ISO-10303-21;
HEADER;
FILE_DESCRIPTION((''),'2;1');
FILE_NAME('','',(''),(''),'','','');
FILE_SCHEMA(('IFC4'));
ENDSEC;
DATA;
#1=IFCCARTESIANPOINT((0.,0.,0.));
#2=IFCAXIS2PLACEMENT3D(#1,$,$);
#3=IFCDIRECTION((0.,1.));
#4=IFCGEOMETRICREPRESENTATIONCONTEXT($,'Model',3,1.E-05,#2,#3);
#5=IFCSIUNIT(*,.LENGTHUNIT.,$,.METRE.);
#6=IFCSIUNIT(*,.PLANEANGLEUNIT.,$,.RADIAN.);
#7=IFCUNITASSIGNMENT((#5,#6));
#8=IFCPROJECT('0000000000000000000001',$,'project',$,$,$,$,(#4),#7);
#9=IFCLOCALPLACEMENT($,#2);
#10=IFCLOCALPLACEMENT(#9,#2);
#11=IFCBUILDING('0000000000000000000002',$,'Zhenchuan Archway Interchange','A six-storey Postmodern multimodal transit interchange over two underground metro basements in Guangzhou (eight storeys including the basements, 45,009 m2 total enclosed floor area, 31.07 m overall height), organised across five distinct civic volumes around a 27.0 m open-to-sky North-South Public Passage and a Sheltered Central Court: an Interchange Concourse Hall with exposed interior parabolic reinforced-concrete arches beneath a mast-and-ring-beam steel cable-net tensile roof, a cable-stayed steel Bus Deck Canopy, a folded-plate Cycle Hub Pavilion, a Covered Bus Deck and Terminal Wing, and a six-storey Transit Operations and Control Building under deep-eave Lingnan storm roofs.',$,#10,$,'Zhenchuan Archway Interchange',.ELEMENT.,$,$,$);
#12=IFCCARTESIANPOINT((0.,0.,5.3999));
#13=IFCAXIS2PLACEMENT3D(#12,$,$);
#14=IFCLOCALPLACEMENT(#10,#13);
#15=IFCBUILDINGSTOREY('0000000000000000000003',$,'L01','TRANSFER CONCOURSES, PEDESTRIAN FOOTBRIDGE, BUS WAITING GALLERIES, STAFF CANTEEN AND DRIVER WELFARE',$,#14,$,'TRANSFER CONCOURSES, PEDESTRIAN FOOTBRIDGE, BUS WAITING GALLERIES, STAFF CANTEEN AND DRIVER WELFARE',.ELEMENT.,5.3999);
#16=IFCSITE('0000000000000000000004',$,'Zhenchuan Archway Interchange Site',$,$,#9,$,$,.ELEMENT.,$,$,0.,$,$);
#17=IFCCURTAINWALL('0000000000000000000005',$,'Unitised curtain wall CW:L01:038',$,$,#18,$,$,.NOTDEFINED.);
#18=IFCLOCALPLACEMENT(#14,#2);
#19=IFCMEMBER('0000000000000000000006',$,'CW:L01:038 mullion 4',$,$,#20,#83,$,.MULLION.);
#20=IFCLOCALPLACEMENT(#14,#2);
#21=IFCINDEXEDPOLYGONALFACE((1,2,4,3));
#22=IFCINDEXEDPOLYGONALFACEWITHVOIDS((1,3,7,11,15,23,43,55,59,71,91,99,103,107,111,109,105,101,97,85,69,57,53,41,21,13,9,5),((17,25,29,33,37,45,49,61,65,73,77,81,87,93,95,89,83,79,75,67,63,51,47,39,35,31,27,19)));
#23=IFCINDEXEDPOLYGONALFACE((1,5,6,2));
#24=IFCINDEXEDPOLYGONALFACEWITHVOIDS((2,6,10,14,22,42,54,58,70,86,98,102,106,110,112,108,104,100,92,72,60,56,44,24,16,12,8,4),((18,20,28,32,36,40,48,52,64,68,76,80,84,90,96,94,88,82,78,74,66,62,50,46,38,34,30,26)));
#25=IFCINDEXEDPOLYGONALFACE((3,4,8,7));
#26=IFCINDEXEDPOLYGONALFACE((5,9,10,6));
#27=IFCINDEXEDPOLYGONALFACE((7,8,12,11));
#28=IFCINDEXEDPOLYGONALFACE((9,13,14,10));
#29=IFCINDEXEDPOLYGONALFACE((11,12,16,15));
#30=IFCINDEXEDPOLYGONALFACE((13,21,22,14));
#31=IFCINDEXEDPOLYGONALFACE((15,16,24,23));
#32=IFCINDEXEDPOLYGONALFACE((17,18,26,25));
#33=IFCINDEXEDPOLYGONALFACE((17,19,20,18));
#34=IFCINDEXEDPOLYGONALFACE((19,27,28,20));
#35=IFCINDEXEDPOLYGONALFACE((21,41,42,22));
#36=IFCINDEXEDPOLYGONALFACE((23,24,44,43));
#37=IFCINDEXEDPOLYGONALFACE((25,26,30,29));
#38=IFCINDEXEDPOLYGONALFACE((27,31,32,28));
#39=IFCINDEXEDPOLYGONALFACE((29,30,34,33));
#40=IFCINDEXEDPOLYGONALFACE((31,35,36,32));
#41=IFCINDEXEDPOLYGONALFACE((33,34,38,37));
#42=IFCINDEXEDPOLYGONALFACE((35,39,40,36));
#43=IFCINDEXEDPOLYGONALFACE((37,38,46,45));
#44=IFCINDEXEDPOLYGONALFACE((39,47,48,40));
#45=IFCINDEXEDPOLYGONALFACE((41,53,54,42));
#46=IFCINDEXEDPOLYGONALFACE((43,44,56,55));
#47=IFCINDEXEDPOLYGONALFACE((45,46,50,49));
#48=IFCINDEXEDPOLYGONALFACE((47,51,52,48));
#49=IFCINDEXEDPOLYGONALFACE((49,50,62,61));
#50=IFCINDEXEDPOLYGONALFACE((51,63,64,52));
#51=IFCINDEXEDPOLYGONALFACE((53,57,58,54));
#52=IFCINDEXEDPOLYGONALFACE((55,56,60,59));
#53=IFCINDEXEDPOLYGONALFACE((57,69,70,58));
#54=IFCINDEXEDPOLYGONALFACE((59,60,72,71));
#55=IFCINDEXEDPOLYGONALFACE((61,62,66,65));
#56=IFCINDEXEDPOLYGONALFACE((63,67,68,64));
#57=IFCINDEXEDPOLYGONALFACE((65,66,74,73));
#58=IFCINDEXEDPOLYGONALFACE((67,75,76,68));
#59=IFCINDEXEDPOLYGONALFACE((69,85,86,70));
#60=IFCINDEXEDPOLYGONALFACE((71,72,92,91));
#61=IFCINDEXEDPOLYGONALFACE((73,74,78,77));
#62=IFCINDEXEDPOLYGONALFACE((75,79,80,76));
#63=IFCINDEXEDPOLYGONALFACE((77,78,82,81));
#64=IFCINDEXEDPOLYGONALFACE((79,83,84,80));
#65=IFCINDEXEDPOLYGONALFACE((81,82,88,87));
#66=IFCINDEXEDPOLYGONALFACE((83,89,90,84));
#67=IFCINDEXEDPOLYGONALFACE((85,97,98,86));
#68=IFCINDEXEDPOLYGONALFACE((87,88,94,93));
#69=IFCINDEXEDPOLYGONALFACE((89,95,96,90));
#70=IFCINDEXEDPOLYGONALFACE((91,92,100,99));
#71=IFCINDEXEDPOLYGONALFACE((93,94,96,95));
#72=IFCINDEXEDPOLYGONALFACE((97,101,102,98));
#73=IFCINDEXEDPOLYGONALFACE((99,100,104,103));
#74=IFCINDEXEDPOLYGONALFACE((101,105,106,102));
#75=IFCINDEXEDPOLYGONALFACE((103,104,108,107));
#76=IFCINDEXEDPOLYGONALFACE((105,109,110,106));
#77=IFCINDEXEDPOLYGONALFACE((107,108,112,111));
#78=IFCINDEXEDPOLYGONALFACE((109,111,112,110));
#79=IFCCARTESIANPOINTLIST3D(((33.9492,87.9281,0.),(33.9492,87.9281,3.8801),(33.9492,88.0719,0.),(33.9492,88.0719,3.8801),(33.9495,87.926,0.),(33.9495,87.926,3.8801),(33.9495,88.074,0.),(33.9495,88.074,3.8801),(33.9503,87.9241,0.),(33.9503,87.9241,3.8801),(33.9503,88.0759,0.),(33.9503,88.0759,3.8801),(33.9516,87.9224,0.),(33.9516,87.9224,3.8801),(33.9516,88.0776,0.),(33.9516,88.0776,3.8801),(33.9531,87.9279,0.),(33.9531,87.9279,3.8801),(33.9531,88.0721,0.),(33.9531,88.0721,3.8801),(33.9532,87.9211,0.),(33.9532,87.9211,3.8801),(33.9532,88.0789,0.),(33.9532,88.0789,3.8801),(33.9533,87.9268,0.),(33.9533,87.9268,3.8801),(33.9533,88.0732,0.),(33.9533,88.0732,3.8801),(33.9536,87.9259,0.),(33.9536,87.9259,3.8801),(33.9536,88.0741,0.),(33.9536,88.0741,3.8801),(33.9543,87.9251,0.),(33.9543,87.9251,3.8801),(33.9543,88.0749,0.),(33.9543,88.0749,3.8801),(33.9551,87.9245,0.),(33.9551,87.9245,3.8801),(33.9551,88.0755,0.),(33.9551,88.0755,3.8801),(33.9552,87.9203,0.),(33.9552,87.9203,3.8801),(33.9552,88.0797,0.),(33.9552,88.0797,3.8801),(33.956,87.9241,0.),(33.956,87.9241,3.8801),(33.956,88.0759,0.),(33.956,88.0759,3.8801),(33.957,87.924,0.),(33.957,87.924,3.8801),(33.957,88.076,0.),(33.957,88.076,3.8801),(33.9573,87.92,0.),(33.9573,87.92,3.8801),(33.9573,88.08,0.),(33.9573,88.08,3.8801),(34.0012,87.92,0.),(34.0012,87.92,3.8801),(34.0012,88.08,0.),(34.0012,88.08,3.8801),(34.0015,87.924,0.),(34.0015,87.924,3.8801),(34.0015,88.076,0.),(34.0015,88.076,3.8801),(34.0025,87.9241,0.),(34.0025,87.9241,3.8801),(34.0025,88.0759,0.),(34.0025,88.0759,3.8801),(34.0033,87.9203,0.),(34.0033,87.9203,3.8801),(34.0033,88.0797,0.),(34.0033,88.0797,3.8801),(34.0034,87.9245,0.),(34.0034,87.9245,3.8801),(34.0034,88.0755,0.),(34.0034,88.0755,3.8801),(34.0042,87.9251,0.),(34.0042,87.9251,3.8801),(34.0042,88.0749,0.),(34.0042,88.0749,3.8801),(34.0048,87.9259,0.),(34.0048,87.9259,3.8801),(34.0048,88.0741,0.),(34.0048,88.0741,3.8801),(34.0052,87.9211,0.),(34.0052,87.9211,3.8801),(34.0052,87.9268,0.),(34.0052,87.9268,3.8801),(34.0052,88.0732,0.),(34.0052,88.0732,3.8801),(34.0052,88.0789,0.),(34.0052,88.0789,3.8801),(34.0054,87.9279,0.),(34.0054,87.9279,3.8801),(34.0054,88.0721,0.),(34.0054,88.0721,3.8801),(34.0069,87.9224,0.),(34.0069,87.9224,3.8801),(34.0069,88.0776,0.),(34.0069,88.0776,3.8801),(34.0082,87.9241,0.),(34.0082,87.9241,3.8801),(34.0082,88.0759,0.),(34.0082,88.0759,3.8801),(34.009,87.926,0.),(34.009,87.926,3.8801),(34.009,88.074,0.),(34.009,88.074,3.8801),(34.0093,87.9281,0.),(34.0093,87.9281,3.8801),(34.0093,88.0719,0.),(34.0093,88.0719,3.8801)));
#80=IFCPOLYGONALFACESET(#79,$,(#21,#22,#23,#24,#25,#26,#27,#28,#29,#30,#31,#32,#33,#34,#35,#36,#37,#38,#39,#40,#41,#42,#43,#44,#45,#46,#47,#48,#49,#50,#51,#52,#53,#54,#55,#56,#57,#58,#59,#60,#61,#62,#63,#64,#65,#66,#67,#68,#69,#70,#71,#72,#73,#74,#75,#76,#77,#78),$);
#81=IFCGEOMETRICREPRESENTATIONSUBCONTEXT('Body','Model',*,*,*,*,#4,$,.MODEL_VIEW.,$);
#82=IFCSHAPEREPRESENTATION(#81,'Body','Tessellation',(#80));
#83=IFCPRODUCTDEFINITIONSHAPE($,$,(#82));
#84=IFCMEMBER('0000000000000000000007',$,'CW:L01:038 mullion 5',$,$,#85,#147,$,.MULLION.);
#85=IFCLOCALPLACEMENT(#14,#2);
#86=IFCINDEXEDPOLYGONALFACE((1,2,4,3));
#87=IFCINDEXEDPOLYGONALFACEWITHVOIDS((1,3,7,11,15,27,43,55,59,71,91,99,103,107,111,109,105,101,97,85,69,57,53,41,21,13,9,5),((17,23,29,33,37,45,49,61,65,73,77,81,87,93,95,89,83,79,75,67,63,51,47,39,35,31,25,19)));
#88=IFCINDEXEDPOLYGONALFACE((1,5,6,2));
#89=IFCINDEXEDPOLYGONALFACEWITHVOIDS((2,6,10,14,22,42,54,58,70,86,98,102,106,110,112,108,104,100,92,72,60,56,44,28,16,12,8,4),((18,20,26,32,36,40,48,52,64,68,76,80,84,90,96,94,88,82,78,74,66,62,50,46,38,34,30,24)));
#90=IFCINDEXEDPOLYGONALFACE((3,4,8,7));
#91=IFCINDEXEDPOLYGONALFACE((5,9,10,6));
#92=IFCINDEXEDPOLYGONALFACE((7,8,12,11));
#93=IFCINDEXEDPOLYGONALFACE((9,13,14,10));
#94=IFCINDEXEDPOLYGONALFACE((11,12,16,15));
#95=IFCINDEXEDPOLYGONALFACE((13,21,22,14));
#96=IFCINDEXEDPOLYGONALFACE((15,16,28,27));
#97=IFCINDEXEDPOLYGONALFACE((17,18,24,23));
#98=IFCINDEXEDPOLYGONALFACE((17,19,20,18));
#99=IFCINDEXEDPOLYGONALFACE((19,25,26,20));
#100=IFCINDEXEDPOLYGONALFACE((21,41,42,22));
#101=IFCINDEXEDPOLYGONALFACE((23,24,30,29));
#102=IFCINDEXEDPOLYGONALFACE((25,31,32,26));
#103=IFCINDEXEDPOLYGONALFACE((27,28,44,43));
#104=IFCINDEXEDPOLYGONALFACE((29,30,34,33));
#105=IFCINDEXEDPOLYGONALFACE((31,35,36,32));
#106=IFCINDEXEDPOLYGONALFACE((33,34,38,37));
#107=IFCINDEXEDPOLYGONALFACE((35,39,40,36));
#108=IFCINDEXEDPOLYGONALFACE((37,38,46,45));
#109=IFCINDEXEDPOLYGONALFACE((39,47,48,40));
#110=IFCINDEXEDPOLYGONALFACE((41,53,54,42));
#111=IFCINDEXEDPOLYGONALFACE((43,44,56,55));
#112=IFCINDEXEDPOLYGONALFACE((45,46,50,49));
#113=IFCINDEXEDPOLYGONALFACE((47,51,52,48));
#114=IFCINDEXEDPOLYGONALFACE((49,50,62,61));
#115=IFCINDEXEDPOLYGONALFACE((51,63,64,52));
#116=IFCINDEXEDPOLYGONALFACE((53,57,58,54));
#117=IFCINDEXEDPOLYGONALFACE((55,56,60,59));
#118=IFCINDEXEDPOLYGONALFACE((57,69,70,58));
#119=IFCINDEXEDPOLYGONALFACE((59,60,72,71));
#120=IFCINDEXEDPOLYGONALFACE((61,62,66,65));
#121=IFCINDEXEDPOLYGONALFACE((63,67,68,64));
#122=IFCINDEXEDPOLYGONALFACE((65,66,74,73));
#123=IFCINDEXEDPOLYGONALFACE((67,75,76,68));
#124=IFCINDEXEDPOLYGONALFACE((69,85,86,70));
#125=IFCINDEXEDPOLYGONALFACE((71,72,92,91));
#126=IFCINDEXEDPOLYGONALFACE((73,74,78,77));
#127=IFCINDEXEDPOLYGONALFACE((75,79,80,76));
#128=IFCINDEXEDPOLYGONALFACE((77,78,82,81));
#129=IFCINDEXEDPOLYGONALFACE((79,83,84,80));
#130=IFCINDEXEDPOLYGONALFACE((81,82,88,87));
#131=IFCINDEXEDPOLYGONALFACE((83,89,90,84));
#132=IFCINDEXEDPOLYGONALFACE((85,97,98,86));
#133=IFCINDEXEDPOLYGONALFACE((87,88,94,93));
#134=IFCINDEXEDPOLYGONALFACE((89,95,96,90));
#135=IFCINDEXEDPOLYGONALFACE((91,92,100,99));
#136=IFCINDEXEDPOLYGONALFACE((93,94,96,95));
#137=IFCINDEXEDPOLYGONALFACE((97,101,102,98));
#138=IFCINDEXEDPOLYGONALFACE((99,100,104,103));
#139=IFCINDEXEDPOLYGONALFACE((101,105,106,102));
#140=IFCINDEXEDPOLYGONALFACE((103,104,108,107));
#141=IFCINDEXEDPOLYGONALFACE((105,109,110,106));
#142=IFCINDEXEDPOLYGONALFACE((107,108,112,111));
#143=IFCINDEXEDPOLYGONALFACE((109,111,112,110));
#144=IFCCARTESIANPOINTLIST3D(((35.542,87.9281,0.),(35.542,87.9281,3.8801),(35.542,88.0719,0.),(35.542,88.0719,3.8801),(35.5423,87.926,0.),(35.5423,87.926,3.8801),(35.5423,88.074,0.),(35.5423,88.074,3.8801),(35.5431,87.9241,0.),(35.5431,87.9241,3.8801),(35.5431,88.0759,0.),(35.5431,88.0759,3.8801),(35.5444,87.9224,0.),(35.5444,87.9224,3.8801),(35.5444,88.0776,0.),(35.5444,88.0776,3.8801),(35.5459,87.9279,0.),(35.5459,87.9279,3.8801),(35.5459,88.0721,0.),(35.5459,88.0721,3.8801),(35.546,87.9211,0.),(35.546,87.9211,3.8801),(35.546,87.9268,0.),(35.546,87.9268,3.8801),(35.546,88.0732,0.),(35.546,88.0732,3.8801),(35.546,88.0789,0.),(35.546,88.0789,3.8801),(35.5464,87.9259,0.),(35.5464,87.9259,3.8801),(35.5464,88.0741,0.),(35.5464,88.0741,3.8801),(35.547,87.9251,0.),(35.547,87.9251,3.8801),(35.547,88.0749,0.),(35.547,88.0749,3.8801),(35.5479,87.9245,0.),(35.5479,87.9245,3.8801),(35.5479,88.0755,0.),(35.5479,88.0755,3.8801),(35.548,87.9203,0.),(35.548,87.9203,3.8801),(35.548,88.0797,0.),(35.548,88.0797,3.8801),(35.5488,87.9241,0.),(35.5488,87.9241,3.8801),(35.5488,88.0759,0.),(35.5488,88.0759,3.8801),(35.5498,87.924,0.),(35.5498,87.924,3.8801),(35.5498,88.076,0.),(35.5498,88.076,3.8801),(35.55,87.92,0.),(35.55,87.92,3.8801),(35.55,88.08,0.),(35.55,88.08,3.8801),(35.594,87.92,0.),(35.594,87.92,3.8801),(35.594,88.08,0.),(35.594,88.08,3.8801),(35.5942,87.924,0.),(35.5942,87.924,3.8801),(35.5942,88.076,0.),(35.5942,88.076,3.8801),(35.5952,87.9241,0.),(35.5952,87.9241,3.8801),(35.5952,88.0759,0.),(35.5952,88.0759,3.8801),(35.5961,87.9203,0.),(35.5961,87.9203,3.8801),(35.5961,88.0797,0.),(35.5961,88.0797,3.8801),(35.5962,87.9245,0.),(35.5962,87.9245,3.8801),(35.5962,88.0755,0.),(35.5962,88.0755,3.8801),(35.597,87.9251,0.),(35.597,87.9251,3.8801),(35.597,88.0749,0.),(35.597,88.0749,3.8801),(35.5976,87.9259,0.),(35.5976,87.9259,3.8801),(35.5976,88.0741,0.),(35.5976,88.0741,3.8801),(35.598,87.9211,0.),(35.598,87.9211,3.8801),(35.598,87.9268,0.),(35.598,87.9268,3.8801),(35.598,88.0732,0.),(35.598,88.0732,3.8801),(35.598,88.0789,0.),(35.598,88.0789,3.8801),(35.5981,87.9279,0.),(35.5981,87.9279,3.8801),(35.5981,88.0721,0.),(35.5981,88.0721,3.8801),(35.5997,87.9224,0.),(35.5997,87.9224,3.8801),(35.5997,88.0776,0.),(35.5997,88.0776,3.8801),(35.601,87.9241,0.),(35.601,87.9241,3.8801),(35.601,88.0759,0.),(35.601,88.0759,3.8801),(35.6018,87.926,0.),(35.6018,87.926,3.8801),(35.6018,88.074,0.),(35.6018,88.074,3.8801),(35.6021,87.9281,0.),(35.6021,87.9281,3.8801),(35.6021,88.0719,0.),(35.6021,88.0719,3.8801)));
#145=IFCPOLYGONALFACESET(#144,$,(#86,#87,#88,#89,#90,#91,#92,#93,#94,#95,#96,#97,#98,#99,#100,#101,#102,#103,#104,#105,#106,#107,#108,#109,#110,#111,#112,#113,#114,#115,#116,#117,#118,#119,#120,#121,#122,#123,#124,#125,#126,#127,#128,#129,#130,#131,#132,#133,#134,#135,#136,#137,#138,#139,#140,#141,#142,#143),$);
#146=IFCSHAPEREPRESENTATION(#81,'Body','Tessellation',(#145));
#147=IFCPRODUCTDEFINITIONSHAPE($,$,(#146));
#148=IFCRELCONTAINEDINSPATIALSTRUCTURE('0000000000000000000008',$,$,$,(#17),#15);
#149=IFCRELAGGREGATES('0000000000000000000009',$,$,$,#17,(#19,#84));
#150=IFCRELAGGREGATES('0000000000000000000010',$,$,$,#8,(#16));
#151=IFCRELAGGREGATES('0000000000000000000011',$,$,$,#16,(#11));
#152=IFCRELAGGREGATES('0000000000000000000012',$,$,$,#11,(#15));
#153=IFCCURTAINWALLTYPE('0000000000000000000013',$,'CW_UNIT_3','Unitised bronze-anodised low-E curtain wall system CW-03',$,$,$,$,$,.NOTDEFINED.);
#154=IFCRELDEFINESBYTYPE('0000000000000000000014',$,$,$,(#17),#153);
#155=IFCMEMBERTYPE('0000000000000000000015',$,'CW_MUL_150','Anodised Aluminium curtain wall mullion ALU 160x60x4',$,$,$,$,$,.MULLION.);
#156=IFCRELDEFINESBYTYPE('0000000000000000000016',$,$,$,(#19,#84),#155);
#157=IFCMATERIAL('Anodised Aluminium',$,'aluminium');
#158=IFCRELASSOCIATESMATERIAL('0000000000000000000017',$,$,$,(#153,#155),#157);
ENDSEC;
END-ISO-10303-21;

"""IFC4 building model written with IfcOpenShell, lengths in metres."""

from ifc_helpers import new_model, si_unit, direction, frame, origin, origin_2d, place, context, subcontext, project, spatial, hollow_rectangle, extrude, material, material_profile, profile_set, type_object, element, aggregate, save


model = new_model("IFC4")

# Units and contexts
model_context = context("Model", 3, precision=1e-05, world=origin(), true_north=direction((0.0, 1.0)))
body_context = subcontext(model_context, "Body", "Model", "MODEL_VIEW")
ifc_project = project(units=[si_unit("LENGTHUNIT", "METRE"), si_unit("PLANEANGLEUNIT", "RADIAN")], contexts=[model_context])

# Site, building, storey
site_placement = place(None, origin())
site = spatial("IfcSite", under=ifc_project, at=site_placement, Name="Zhenchuan Archway Interchange Site", CompositionType="ELEMENT", RefElevation=0.0)
building_placement = place(site_placement, origin())
building = spatial("IfcBuilding", under=site, at=building_placement, Name="Zhenchuan Archway Interchange", Description="A six-storey Postmodern multimodal transit interchange over two underground metro basements in Guangzhou (eight storeys including the basements, 45,009 m2 total enclosed floor area, 31.07 m overall height), organised across five distinct civic volumes around a 27.0 m open-to-sky North-South Public Passage and a Sheltered Central Court: an Interchange Concourse Hall with exposed interior parabolic reinforced-concrete arches beneath a mast-and-ring-beam steel cable-net tensile roof, a cable-stayed steel Bus Deck Canopy, a folded-plate Cycle Hub Pavilion, a Covered Bus Deck and Terminal Wing, and a six-storey Transit Operations and Control Building under deep-eave Lingnan storm roofs.", LongName="Zhenchuan Archway Interchange", CompositionType="ELEMENT")
storey_placement = place(building_placement, frame((0.0, 0.0, 5.3999)))
storey = spatial("IfcBuildingStorey", under=building, at=storey_placement, Name="L01", Description="TRANSFER CONCOURSES, PEDESTRIAN FOOTBRIDGE, BUS WAITING GALLERIES, STAFF CANTEEN AND DRIVER WELFARE", LongName="TRANSFER CONCOURSES, PEDESTRIAN FOOTBRIDGE, BUS WAITING GALLERIES, STAFF CANTEEN AND DRIVER WELFARE", CompositionType="ELEMENT", Elevation=5.3999)

# Curtain wall, members
ifc_material_1 = material(Name="Anodised Aluminium", Category="aluminium")
curtain_wall_type_1 = type_object("IfcCurtainWallType", Name="CW_UNIT_3", Description="Unitised bronze-anodised low-E curtain wall system CW-03", PredefinedType="NOTDEFINED", material=ifc_material_1)
curtain_wall_1_placement = place(storey_placement, origin())
curtain_wall_1 = element("IfcCurtainWall", 1, at=curtain_wall_1_placement, inside=storey, type_object=curtain_wall_type_1, Name="Unitised curtain wall CW:L01:038", PredefinedType="NOTDEFINED")
ifc_material_profile_1 = material_profile(ifc_material_1, hollow_rectangle(XDim=0.0601, YDim=0.1599, WallThickness=0.0039, InnerFilletRadius=0.0039, OuterFilletRadius=0.0081, at=origin_2d()), Name="ALU 160x60x4")
ifc_profile_set_1 = profile_set([ifc_material_profile_1], Name="Anodised Aluminium")
member_type_1 = type_object("IfcMemberType", Name="CW_MUL_150", Description="Anodised Aluminium curtain wall mullion ALU 160x60x4", PredefinedType="MULLION", material=ifc_profile_set_1)
member_1_placement = place(storey_placement, frame((33.9792, 88.0, 0.0), z_axis=(0.0, 0.0, 1.0), x_axis=(1.0, 0.0, 0.0)))
member_1 = element("IfcMember", 2, at=member_1_placement, type_object=member_type_1, Name="CW:L01:038 mullion 4", PredefinedType="MULLION", context=body_context, shape_type="SweptSolid", body=[
    extrude(hollow_rectangle(XDim=0.0601, YDim=0.1599, WallThickness=0.0039, InnerFilletRadius=0.0039, OuterFilletRadius=0.0081, at=origin_2d()), origin(), (0.0, 0.0, 1.0), 3.8801),
])
member_2_placement = place(storey_placement, frame((35.572, 88.0, 0.0), z_axis=(0.0, 0.0, 1.0), x_axis=(1.0, 0.0, 0.0)))
member_2 = element("IfcMember", 3, at=member_2_placement, type_object=member_type_1, Name="CW:L01:038 mullion 5", PredefinedType="MULLION", context=body_context, shape_type="SweptSolid", body=[
    extrude(hollow_rectangle(XDim=0.0601, YDim=0.1599, WallThickness=0.0039, InnerFilletRadius=0.0039, OuterFilletRadius=0.0081, at=origin_2d()), origin(), (0.0, 0.0, 1.0), 3.8801),
])

aggregate(curtain_wall_1, [member_1, member_2])

save(model, "model.ifc")
